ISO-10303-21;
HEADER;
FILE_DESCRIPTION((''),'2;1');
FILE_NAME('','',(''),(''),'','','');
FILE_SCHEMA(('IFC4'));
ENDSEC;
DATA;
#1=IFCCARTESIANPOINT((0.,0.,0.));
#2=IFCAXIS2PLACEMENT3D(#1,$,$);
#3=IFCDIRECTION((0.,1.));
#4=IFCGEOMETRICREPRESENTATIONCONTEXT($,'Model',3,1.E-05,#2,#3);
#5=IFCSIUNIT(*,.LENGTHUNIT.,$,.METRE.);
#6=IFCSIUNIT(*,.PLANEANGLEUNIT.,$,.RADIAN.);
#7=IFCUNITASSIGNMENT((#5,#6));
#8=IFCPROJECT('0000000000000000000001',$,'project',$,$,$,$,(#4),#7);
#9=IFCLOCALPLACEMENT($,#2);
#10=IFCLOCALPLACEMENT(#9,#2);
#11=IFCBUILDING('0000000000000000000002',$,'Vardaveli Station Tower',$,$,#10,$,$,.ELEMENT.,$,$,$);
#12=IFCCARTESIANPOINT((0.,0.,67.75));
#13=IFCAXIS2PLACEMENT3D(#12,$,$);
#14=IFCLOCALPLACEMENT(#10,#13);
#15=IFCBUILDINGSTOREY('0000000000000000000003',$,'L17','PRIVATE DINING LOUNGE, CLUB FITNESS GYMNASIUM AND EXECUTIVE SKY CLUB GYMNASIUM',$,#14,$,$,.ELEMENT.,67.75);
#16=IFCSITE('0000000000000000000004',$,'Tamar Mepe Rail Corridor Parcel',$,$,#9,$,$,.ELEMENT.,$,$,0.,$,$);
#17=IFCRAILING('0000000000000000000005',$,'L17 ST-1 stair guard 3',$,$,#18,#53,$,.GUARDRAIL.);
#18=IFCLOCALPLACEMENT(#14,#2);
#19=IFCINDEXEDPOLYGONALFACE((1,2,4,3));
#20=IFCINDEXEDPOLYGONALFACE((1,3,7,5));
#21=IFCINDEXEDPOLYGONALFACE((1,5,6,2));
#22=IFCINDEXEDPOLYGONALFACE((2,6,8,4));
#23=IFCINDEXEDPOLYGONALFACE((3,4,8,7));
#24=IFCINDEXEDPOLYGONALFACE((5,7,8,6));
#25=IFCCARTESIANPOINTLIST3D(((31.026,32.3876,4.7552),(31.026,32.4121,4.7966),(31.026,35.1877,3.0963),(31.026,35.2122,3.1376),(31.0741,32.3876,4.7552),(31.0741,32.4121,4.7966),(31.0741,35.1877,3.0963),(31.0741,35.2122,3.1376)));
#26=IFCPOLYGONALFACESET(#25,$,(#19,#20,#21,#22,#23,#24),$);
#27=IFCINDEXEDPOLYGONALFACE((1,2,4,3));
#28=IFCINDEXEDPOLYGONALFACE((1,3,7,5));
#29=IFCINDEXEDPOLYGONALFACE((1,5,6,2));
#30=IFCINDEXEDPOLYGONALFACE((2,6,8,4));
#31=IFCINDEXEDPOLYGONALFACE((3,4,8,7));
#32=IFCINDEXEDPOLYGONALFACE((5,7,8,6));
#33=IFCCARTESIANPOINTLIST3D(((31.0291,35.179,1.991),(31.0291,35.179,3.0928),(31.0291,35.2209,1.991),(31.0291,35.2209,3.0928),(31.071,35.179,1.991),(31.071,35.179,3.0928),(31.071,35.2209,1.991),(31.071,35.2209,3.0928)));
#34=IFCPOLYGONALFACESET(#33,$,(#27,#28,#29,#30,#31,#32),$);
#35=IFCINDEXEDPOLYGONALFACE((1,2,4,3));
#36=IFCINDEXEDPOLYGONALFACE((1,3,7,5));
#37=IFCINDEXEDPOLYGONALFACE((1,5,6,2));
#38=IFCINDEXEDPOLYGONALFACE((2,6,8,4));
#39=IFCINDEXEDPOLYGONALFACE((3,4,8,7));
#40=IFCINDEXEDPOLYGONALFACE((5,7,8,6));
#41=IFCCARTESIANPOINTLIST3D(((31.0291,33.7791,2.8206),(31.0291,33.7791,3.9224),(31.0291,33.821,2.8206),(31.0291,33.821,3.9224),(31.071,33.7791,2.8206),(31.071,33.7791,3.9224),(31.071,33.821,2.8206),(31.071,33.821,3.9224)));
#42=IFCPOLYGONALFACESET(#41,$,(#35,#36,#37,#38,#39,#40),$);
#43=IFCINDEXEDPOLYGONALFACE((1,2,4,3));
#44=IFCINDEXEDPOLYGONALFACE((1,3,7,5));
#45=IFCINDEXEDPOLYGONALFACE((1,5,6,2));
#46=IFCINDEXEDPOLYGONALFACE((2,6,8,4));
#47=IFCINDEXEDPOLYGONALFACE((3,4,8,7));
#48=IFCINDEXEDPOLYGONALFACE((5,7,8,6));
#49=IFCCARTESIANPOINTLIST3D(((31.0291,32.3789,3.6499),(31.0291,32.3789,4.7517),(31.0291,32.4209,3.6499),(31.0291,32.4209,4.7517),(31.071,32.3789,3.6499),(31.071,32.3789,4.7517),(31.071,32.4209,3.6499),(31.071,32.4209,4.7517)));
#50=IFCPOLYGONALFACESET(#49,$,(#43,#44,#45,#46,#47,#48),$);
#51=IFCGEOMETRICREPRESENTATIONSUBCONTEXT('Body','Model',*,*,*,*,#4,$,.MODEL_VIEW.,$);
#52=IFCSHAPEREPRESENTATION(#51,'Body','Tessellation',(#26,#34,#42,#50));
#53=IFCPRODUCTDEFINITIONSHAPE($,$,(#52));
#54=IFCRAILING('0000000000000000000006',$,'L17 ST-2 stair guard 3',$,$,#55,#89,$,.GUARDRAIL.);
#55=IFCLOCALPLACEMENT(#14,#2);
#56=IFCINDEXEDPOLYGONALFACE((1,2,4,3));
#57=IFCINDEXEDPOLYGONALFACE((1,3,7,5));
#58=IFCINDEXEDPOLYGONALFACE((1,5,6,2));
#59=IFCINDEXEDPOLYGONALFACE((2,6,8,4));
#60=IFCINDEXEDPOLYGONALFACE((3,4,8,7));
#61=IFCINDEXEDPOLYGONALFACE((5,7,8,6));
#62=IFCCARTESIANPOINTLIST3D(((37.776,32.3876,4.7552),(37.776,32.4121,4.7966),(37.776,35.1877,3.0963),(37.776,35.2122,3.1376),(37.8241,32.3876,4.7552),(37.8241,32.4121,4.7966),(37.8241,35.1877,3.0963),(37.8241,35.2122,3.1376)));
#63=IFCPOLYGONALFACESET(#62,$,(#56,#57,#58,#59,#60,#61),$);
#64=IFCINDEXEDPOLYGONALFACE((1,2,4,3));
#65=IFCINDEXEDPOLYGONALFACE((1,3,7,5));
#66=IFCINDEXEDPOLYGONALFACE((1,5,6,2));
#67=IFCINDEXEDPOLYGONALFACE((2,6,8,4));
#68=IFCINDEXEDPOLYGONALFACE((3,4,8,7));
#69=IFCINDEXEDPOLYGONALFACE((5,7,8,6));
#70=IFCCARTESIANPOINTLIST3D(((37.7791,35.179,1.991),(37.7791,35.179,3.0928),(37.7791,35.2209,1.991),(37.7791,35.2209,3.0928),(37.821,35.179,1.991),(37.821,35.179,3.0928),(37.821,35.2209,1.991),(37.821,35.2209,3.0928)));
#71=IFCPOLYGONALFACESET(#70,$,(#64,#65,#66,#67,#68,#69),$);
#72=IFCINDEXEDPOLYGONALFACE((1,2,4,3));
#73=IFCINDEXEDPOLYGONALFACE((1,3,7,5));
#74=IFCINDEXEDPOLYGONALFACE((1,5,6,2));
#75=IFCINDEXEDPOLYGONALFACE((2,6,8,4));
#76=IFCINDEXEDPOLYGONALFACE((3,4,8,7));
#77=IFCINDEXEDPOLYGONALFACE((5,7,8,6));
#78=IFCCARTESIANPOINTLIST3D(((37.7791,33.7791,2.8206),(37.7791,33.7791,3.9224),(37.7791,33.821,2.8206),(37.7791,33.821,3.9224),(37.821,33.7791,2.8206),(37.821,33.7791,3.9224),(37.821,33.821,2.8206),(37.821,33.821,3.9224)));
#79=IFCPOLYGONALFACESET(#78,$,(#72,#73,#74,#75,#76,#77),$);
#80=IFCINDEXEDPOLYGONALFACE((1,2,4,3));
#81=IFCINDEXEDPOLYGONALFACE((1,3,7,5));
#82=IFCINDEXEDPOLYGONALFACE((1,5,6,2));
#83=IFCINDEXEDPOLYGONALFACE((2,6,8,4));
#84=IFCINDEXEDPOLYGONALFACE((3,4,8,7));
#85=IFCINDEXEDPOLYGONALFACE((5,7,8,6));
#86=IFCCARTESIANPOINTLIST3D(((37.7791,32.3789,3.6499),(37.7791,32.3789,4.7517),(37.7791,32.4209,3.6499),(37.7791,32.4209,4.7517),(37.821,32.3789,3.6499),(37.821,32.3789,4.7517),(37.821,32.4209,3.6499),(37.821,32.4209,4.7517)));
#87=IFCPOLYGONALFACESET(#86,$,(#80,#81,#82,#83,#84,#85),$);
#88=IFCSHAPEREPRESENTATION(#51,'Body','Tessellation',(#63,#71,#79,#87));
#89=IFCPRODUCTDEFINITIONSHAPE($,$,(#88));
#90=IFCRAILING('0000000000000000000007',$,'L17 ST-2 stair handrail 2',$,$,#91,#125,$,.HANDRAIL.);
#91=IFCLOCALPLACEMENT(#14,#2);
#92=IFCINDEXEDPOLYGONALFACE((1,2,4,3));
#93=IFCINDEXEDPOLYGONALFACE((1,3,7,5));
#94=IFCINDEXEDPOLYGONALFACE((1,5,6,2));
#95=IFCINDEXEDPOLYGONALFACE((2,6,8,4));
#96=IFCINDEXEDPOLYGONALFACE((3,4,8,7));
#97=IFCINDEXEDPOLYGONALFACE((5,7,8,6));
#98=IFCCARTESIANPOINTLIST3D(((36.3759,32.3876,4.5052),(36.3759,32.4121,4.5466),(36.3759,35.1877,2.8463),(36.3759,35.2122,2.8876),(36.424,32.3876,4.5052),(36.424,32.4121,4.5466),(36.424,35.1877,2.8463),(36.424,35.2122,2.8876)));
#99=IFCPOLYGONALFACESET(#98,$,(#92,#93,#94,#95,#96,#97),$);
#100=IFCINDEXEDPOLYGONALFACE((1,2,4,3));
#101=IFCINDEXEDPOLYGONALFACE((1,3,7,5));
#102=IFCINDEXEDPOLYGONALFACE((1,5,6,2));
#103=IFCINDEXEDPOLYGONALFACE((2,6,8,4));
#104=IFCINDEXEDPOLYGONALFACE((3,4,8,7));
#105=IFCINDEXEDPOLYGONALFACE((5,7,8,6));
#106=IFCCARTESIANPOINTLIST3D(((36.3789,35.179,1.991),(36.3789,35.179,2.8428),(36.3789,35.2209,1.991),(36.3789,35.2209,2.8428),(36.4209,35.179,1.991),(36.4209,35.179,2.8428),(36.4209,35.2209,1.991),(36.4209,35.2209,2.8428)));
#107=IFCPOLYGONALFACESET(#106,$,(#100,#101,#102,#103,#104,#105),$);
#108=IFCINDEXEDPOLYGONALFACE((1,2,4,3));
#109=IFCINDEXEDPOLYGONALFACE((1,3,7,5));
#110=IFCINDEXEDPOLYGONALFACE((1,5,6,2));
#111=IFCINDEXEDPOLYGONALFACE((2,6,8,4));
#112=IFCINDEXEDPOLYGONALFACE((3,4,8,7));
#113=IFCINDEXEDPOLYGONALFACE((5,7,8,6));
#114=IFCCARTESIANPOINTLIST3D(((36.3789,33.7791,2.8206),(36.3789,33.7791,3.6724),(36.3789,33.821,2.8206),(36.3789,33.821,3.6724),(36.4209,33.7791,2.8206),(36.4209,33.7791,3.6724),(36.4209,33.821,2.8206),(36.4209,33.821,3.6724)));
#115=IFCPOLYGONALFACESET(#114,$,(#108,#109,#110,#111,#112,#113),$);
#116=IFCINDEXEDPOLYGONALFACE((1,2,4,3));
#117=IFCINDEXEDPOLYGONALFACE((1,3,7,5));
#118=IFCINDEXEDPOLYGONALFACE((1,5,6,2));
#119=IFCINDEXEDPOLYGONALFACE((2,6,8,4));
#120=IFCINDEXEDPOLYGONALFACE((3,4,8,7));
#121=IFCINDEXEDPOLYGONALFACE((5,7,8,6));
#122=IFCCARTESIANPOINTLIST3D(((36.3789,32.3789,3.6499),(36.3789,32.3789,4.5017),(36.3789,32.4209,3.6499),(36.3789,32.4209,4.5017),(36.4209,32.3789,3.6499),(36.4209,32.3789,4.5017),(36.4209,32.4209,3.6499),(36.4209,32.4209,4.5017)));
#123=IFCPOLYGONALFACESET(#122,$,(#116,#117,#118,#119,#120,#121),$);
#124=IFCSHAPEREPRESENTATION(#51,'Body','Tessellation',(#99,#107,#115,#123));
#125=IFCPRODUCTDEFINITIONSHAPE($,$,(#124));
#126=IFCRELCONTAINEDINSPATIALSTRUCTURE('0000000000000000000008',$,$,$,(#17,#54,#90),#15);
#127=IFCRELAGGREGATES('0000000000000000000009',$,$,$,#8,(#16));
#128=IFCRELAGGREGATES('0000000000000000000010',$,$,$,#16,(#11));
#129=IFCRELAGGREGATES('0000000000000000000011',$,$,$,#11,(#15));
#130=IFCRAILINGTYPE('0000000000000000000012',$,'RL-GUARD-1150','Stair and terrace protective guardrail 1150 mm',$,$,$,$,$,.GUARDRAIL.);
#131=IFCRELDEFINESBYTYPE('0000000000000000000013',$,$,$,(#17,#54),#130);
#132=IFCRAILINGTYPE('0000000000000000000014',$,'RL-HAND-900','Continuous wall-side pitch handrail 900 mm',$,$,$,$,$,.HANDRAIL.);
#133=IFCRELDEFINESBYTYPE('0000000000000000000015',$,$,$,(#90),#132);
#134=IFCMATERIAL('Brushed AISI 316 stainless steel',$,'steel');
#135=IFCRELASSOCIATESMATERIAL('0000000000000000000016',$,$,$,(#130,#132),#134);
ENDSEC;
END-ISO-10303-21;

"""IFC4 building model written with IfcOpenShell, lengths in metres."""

from ifc_helpers import new_model, si_unit, direction, frame, origin, origin_2d, place, context, subcontext, project, spatial, rectangle, extrude, source, transform, mapped, material, type_object, element, save


model = new_model("IFC4")

# Units and contexts
model_context = context("Model", 3, precision=1e-05, world=origin(), true_north=direction((0.0, 1.0)))
body_context = subcontext(model_context, "Body", "Model", "MODEL_VIEW")
ifc_project = project(units=[si_unit("LENGTHUNIT", "METRE"), si_unit("PLANEANGLEUNIT", "RADIAN")], contexts=[model_context])

# Site, building, storey
site_placement = place(None, origin())
site = spatial("IfcSite", under=ifc_project, at=site_placement, Name="Tamar Mepe Rail Corridor Parcel", CompositionType="ELEMENT", RefElevation=0.0)
building_placement = place(site_placement, origin())
building = spatial("IfcBuilding", under=site, at=building_placement, Name="Vardaveli Station Tower", CompositionType="ELEMENT")
storey_placement = place(building_placement, frame((0.0, 0.0, 67.75)))
storey = spatial("IfcBuildingStorey", under=building, at=storey_placement, Name="L17", Description="PRIVATE DINING LOUNGE, CLUB FITNESS GYMNASIUM AND EXECUTIVE SKY CLUB GYMNASIUM", CompositionType="ELEMENT", Elevation=67.75)

# Railings
ifc_material_1 = material(Name="Brushed AISI 316 stainless steel", Category="steel")
railing_type_1 = type_object("IfcRailingType", Name="RL-GUARD-1150", Description="Stair and terrace protective guardrail 1150 mm", PredefinedType="GUARDRAIL", material=ifc_material_1)
shared_shape_1 = source(origin(), body_context, "Body", "SweptSolid", [
    extrude(rectangle(XDim=0.0481, YDim=0.0481, at=origin_2d()), frame((0.0, 0.0, 1.126), z_axis=(0.0, -0.860339, 0.509722), x_axis=(1.0, 0.0, 0.0)), (0.0, 0.0, 1.0), 3.2546),
    extrude(rectangle(XDim=0.042, YDim=0.042, at=origin_2d()), origin(), (0.0, 0.0, 1.0), 1.1018),
    extrude(rectangle(XDim=0.042, YDim=0.042, at=origin_2d()), frame((0.0, -1.3999, 0.8296)), (0.0, 0.0, 1.0), 1.1018),
    extrude(rectangle(XDim=0.042, YDim=0.042, at=origin_2d()), frame((0.0, -2.8, 1.6589)), (0.0, 0.0, 1.0), 1.1018),
])
for number, where, name in (
    (1, (31.05, 35.2, 1.991), "L17 ST-1 stair guard 3"),
    (2, (37.8, 35.2, 1.991), "L17 ST-2 stair guard 3"),
):
    element("IfcRailing", number, at=place(storey_placement, frame(where)), inside=storey, type_object=railing_type_1, Name=name, PredefinedType="GUARDRAIL", context=body_context, shape_type="MappedRepresentation", body=[
        mapped(shared_shape_1, transform((0.0, 0.0, 0.0), scale=1.0)),
    ])
railing_type_2 = type_object("IfcRailingType", Name="RL-HAND-900", Description="Continuous wall-side pitch handrail 900 mm", PredefinedType="HANDRAIL", material=ifc_material_1)
shared_shape_2 = source(origin(), body_context, "Body", "SweptSolid", [
    extrude(rectangle(XDim=0.0481, YDim=0.0481, at=origin_2d()), frame((0.0, 0.0, 0.876), z_axis=(0.0, -0.860339, 0.509722), x_axis=(1.0, 0.0, 0.0)), (0.0, 0.0, 1.0), 3.2546),
    extrude(rectangle(XDim=0.042, YDim=0.042, at=origin_2d()), origin(), (0.0, 0.0, 1.0), 0.8518),
    extrude(rectangle(XDim=0.042, YDim=0.042, at=origin_2d()), frame((0.0, -1.3999, 0.8296)), (0.0, 0.0, 1.0), 0.8518),
    extrude(rectangle(XDim=0.042, YDim=0.042, at=origin_2d()), frame((0.0, -2.8, 1.6589)), (0.0, 0.0, 1.0), 0.8518),
])
railing_placement = place(storey_placement, frame((36.3999, 35.2, 1.991)))
element("IfcRailing", 3, at=railing_placement, inside=storey, type_object=railing_type_2, Name="L17 ST-2 stair handrail 2", PredefinedType="HANDRAIL", context=body_context, shape_type="MappedRepresentation", body=[
    mapped(shared_shape_2, transform((0.0, 0.0, 0.0), scale=1.0)),
])

save(model, "model.ifc")
